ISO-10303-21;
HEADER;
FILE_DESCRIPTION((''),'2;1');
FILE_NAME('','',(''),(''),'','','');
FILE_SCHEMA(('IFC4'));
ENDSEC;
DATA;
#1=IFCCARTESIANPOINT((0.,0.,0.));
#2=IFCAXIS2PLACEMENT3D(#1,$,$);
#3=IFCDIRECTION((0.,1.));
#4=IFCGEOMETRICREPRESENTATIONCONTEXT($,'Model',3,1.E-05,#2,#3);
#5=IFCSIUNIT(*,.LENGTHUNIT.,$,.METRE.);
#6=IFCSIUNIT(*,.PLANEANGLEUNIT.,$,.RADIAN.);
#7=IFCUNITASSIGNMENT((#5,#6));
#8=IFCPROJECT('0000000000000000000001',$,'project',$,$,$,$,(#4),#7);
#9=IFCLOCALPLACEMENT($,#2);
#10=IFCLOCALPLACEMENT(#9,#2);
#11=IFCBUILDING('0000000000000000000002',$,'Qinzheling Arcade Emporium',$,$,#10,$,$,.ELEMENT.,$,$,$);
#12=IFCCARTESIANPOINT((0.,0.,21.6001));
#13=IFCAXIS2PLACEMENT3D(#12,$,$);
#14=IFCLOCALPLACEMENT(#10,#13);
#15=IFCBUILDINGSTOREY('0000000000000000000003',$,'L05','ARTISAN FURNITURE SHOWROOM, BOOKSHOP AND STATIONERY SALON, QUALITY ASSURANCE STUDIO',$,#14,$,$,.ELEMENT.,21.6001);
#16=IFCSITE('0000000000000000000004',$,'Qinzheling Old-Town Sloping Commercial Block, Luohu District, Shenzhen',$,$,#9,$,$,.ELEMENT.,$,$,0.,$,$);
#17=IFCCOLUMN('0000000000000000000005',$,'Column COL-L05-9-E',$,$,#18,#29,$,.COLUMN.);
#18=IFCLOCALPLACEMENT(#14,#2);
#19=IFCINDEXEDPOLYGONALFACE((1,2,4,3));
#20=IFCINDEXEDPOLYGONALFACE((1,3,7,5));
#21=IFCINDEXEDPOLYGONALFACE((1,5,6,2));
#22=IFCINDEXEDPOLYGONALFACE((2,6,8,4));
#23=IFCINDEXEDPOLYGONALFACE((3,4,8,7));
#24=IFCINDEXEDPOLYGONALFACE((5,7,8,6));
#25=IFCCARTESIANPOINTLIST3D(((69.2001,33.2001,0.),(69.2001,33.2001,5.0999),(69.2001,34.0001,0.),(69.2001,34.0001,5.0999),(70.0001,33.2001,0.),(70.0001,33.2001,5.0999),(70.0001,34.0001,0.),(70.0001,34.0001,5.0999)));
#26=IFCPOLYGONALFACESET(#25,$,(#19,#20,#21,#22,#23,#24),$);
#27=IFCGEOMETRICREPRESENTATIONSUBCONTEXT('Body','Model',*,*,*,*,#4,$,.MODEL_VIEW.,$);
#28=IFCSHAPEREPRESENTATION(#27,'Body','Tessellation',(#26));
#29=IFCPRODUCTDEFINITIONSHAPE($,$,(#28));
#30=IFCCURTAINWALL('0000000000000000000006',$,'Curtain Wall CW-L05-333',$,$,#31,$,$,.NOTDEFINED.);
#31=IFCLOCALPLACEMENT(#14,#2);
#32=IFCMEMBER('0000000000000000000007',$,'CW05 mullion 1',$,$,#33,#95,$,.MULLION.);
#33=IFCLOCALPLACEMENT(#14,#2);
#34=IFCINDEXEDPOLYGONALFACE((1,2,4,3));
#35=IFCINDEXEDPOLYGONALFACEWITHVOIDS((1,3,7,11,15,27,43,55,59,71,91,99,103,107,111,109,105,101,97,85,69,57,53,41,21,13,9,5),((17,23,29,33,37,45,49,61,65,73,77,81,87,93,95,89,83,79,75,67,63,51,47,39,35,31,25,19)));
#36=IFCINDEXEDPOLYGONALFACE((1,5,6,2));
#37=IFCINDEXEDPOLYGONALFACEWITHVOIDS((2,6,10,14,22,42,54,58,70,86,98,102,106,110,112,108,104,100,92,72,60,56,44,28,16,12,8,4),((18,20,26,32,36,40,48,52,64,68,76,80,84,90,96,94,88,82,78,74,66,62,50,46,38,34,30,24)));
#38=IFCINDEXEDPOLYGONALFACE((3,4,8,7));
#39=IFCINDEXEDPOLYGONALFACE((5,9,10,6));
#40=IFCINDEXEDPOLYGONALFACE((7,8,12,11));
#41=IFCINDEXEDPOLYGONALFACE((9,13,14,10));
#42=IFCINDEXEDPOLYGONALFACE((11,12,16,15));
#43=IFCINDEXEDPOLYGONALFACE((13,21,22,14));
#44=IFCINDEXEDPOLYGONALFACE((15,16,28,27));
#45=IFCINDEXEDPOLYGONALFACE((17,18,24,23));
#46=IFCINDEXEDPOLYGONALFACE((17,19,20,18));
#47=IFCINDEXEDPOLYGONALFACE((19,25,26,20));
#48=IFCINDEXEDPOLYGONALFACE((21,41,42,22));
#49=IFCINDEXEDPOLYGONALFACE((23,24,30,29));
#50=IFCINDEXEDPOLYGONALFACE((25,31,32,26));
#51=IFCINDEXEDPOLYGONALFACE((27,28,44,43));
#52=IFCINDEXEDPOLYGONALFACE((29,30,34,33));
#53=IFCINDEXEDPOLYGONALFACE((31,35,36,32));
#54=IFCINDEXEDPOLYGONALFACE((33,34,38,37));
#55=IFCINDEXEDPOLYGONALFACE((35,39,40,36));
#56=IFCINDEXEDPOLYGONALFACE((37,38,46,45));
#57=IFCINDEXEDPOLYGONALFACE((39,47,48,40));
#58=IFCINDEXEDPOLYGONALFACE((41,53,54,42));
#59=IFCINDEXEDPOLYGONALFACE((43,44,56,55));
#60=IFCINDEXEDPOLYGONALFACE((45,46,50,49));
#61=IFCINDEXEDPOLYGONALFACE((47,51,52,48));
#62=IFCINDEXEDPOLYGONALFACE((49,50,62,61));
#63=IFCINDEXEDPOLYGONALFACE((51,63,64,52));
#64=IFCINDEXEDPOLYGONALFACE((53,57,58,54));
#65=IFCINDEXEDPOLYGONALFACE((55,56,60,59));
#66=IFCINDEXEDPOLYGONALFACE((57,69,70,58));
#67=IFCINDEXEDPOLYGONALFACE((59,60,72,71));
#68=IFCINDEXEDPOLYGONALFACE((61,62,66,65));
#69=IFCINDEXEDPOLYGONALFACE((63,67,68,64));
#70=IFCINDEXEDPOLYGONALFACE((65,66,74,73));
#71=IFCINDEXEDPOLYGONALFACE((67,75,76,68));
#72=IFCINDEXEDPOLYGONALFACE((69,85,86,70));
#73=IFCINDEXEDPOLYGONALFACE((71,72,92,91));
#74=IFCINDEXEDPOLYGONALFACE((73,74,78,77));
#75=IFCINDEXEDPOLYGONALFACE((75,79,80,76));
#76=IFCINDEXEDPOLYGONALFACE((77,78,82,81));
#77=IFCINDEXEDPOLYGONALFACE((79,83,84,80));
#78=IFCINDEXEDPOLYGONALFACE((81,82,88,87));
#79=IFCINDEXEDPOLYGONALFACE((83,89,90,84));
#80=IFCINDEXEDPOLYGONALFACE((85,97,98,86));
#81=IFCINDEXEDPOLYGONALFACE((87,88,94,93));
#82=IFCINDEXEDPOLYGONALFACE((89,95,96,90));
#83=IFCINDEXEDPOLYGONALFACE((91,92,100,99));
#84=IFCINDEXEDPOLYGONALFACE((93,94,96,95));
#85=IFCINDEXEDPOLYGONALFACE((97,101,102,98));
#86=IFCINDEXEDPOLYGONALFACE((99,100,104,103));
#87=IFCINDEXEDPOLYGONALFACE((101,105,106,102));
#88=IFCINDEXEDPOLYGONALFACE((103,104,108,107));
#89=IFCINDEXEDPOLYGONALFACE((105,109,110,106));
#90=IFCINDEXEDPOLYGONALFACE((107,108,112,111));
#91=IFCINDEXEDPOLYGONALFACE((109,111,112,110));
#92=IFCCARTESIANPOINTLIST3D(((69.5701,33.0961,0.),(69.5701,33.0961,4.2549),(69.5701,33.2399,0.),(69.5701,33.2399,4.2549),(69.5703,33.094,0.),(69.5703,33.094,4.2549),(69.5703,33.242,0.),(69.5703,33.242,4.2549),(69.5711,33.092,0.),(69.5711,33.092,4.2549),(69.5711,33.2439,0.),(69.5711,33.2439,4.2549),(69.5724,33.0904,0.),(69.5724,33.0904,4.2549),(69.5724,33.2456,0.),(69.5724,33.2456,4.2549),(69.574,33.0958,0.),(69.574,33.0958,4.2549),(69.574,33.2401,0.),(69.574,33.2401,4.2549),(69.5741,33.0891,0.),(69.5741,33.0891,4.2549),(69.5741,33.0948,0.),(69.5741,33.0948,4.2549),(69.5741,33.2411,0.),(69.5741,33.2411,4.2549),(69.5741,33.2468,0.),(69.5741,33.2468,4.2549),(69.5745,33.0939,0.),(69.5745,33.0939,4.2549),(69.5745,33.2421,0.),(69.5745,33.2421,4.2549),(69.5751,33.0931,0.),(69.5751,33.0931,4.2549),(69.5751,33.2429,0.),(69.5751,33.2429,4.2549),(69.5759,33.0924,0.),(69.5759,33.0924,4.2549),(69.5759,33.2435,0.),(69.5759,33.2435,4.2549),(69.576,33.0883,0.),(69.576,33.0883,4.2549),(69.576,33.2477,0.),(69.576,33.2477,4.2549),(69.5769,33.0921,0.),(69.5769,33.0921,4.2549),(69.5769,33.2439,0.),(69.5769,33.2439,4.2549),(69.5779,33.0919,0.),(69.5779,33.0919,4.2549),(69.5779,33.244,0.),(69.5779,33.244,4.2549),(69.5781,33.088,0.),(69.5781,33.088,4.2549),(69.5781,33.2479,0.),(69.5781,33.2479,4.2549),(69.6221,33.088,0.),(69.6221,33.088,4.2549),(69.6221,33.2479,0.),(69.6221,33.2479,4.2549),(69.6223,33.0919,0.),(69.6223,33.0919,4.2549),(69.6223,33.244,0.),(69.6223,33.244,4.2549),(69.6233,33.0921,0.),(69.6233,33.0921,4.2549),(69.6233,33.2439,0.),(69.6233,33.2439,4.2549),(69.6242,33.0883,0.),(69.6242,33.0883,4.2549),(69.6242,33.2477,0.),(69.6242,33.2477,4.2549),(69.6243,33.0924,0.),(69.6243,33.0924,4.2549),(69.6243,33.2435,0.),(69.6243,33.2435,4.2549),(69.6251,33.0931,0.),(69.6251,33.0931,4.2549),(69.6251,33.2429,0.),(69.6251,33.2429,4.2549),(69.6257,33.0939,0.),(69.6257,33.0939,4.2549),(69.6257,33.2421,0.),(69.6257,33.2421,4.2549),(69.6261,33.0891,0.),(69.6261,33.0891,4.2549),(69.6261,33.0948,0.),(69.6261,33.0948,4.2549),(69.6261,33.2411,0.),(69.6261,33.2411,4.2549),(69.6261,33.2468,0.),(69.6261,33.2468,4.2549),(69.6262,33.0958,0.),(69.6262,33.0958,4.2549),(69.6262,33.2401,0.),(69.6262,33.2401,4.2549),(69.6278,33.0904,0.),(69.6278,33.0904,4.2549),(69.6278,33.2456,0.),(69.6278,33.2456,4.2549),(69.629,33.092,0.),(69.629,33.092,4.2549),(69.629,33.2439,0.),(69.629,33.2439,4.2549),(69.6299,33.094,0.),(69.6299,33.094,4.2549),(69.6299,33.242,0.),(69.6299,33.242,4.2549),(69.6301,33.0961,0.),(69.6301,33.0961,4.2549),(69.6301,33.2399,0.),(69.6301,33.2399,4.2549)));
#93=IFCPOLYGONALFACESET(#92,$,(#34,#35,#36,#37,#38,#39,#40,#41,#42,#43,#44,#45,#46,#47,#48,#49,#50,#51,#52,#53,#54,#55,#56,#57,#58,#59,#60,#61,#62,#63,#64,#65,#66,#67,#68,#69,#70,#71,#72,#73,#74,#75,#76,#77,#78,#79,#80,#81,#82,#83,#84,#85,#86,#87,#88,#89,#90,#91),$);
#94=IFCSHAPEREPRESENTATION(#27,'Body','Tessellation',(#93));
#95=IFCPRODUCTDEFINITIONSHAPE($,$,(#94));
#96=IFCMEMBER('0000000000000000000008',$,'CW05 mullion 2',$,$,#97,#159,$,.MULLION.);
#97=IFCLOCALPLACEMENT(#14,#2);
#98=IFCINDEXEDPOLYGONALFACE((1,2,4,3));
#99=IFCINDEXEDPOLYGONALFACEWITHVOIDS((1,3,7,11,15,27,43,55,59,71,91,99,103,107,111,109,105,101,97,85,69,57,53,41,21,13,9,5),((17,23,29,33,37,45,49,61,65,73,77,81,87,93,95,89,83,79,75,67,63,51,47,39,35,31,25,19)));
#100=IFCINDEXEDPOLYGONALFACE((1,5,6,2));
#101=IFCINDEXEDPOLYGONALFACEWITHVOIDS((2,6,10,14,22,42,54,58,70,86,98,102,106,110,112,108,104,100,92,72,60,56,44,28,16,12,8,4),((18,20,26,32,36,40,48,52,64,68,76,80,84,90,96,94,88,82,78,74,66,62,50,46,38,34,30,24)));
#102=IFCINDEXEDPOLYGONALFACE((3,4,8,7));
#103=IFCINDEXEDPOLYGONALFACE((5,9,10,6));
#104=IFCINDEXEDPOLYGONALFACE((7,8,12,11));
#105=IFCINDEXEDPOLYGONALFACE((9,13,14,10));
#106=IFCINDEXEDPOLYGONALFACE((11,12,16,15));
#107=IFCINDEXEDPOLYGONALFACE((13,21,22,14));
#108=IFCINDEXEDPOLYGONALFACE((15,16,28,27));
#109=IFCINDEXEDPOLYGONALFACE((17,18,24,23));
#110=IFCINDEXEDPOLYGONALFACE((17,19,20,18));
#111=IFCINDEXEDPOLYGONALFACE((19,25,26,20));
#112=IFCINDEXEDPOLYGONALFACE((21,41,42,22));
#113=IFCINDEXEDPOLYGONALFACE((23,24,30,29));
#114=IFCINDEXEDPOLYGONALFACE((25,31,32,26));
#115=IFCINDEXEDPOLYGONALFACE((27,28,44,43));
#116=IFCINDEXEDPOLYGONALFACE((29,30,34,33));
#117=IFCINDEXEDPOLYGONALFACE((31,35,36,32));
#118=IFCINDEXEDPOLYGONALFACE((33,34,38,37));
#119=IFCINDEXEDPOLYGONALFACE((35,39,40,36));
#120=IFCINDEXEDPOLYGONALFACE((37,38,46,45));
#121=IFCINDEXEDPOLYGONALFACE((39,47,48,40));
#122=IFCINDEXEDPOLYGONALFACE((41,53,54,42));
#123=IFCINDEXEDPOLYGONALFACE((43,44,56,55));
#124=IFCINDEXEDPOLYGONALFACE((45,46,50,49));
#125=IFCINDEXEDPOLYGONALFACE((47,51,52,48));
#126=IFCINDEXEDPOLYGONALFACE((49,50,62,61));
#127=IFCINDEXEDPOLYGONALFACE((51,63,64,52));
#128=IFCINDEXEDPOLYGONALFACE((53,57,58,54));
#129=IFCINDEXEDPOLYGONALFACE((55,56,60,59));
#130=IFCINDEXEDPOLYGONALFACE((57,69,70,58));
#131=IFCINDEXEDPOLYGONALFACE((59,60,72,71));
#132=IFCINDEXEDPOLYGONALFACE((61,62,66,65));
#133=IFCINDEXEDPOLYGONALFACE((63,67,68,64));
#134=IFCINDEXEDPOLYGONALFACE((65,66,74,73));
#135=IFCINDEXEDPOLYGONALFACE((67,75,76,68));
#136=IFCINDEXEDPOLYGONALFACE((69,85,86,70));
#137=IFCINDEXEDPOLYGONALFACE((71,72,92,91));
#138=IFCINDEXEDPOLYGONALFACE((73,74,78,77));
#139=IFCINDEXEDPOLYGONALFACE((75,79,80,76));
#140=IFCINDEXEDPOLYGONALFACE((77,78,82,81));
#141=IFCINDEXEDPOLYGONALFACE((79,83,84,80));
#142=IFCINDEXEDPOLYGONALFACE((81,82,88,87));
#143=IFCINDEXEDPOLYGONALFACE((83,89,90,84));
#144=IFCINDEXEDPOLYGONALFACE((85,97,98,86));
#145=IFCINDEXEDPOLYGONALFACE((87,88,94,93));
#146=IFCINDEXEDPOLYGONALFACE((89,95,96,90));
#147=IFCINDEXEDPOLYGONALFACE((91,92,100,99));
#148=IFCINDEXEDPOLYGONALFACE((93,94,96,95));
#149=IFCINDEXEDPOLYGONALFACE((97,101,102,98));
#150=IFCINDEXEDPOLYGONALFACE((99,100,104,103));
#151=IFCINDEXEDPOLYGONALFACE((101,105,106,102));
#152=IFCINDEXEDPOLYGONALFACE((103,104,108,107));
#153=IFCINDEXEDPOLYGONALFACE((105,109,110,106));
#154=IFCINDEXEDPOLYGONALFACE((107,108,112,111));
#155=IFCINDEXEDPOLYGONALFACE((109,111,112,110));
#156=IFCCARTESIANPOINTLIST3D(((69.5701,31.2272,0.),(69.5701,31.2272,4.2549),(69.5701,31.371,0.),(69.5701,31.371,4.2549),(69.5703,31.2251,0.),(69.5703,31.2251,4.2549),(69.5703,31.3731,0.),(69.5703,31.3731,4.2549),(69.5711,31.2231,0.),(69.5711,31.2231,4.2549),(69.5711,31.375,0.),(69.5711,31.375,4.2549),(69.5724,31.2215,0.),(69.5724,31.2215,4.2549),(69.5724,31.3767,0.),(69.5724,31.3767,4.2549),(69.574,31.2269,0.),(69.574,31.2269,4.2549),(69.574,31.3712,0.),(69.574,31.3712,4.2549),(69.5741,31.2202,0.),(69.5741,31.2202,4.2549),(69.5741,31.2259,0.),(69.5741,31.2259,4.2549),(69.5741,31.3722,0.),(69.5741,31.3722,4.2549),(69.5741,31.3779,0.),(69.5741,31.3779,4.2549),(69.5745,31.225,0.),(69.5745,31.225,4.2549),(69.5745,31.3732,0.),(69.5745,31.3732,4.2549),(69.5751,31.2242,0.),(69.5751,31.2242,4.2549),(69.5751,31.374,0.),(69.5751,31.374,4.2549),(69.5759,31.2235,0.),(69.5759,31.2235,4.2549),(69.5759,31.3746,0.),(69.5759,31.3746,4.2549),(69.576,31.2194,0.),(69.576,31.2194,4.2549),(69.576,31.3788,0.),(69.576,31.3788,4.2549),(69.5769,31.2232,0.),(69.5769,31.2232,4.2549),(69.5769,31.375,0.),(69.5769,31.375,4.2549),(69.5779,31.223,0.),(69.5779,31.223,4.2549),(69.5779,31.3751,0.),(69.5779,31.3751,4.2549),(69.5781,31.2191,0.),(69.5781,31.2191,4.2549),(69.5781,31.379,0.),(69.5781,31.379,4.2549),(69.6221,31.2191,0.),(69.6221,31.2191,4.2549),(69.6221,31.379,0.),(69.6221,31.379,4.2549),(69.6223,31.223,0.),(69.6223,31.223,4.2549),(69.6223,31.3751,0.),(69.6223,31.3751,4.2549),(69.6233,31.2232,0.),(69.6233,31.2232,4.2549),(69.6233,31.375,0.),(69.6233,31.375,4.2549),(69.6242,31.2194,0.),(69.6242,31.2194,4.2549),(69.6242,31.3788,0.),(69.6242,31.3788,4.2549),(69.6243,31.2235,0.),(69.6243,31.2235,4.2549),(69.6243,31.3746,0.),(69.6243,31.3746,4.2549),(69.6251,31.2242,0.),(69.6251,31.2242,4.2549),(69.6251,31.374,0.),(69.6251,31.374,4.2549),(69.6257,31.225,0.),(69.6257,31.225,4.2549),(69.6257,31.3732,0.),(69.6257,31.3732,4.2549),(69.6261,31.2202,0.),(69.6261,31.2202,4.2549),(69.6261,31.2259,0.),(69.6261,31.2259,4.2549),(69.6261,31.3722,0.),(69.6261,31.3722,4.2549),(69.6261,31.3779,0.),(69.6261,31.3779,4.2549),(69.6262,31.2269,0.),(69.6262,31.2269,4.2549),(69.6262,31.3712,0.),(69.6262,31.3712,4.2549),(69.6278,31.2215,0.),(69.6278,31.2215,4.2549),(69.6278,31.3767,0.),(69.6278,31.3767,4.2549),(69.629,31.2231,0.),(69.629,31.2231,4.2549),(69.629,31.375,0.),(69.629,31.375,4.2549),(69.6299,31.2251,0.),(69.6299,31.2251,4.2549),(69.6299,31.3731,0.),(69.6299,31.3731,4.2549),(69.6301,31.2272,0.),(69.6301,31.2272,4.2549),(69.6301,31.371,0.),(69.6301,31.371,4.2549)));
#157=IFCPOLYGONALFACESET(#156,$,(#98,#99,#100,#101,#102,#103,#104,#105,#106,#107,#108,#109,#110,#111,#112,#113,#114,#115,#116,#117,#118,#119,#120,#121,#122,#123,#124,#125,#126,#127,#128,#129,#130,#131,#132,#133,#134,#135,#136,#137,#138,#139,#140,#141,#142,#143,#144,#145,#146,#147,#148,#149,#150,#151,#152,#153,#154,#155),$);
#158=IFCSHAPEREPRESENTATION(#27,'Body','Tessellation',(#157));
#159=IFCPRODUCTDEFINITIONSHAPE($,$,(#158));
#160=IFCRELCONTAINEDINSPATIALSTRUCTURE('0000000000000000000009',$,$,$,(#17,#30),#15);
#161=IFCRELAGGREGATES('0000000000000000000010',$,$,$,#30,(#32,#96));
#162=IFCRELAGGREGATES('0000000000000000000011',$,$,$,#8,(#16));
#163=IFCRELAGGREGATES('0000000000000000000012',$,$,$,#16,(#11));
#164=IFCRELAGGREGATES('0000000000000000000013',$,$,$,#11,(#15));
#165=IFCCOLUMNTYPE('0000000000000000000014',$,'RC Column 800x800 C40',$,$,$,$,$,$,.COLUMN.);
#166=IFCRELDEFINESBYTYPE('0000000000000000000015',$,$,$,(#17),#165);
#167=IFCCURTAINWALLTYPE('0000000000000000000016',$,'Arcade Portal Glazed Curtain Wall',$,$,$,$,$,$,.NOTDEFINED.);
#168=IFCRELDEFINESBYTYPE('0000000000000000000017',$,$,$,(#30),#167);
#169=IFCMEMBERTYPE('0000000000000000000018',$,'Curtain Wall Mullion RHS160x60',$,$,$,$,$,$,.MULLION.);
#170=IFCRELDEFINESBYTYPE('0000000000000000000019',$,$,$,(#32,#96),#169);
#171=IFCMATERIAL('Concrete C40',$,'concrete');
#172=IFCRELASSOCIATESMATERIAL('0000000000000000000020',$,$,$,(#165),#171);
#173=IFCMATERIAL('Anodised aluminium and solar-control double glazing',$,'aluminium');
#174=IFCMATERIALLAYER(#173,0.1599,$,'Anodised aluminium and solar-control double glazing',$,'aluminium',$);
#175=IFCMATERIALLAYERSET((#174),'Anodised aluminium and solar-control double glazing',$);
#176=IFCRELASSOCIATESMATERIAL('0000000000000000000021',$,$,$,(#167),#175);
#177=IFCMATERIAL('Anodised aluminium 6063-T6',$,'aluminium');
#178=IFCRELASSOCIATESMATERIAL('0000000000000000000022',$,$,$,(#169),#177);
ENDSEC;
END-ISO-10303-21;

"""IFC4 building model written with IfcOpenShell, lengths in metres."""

from ifc_helpers import new_model, si_unit, direction, frame, origin, origin_2d, place, context, subcontext, project, spatial, rectangle, hollow_rectangle, extrude, material, layer, layer_set, material_profile, profile_set, type_object, element, aggregate, save


model = new_model("IFC4")

# Units and contexts
model_context = context("Model", 3, precision=1e-05, world=origin(), true_north=direction((0.0, 1.0)))
body_context = subcontext(model_context, "Body", "Model", "MODEL_VIEW")
ifc_project = project(units=[si_unit("LENGTHUNIT", "METRE"), si_unit("PLANEANGLEUNIT", "RADIAN")], contexts=[model_context])

# Site, building, storey
site_placement = place(None, origin())
site = spatial("IfcSite", under=ifc_project, at=site_placement, Name="Qinzheling Old-Town Sloping Commercial Block, Luohu District, Shenzhen", CompositionType="ELEMENT", RefElevation=0.0)
building_placement = place(site_placement, origin())
building = spatial("IfcBuilding", under=site, at=building_placement, Name="Qinzheling Arcade Emporium", CompositionType="ELEMENT")
storey_placement = place(building_placement, frame((0.0, 0.0, 21.6001)))
storey = spatial("IfcBuildingStorey", under=building, at=storey_placement, Name="L05", Description="ARTISAN FURNITURE SHOWROOM, BOOKSHOP AND STATIONERY SALON, QUALITY ASSURANCE STUDIO", CompositionType="ELEMENT", Elevation=21.6001)

# Column
ifc_material_1 = material(Name="Concrete C40", Category="concrete")
ifc_material_profile_1 = material_profile(ifc_material_1, rectangle(XDim=0.8, YDim=0.8, at=origin_2d()), Name="RC 800x800", Category="concrete")
ifc_profile_set_1 = profile_set([ifc_material_profile_1], Name="Concrete C40")
column_type = type_object("IfcColumnType", Name="RC Column 800x800 C40", PredefinedType="COLUMN", material=ifc_profile_set_1)
column_placement = place(storey_placement, frame((69.6001, 33.6001, 0.0), z_axis=(0.0, 0.0, 1.0), x_axis=(1.0, 0.0, 0.0)))
element("IfcColumn", 1, at=column_placement, inside=storey, type_object=column_type, Name="Column COL-L05-9-E", PredefinedType="COLUMN", context=body_context, shape_type="SweptSolid", body=[
    extrude(rectangle(XDim=0.8, YDim=0.8, at=origin_2d()), origin(), (0.0, 0.0, 1.0), 5.0999),
])

# Curtain wall, members
ifc_material_2 = material(Name="Anodised aluminium and solar-control double glazing", Category="aluminium")
ifc_layer_1 = layer(ifc_material_2, 0.1599, Name="Anodised aluminium and solar-control double glazing", Category="aluminium")
ifc_layer_set_1 = layer_set([ifc_layer_1], Name="Anodised aluminium and solar-control double glazing")
curtain_wall_type = type_object("IfcCurtainWallType", Name="Arcade Portal Glazed Curtain Wall", PredefinedType="NOTDEFINED", material=ifc_layer_set_1)
curtain_wall_placement = place(storey_placement, origin())
curtain_wall = element("IfcCurtainWall", 2, at=curtain_wall_placement, inside=storey, type_object=curtain_wall_type, Name="Curtain Wall CW-L05-333", PredefinedType="NOTDEFINED")
ifc_material_3 = material(Name="Anodised aluminium 6063-T6", Category="aluminium")
ifc_material_profile_2 = material_profile(ifc_material_3, hollow_rectangle(XDim=0.0601, YDim=0.1599, WallThickness=0.0039, InnerFilletRadius=0.0039, OuterFilletRadius=0.0081, at=origin_2d()), Name="RHS 160x60x4", Category="aluminium")
ifc_profile_set_2 = profile_set([ifc_material_profile_2], Name="Anodised aluminium 6063-T6")
member_type_1 = type_object("IfcMemberType", Name="Curtain Wall Mullion RHS160x60", PredefinedType="MULLION", material=ifc_profile_set_2)
member_1_placement = place(storey_placement, frame((69.6001, 33.168, 0.0), z_axis=(0.0, 0.0, 1.0), x_axis=(1.0, 0.0, 0.0)))
member_1 = element("IfcMember", 3, at=member_1_placement, type_object=member_type_1, Name="CW05 mullion 1", PredefinedType="MULLION", context=body_context, shape_type="SweptSolid", body=[
    extrude(hollow_rectangle(XDim=0.0601, YDim=0.1599, WallThickness=0.0039, InnerFilletRadius=0.0039, OuterFilletRadius=0.0081, at=origin_2d()), origin(), (0.0, 0.0, 1.0), 4.2549),
])
member_2_placement = place(storey_placement, frame((69.6001, 31.2991, 0.0), z_axis=(0.0, 0.0, 1.0), x_axis=(1.0, 0.0, 0.0)))
member_2 = element("IfcMember", 4, at=member_2_placement, type_object=member_type_1, Name="CW05 mullion 2", PredefinedType="MULLION", context=body_context, shape_type="SweptSolid", body=[
    extrude(hollow_rectangle(XDim=0.0601, YDim=0.1599, WallThickness=0.0039, InnerFilletRadius=0.0039, OuterFilletRadius=0.0081, at=origin_2d()), origin(), (0.0, 0.0, 1.0), 4.2549),
])

aggregate(curtain_wall, [member_1, member_2])

save(model, "model.ifc")
